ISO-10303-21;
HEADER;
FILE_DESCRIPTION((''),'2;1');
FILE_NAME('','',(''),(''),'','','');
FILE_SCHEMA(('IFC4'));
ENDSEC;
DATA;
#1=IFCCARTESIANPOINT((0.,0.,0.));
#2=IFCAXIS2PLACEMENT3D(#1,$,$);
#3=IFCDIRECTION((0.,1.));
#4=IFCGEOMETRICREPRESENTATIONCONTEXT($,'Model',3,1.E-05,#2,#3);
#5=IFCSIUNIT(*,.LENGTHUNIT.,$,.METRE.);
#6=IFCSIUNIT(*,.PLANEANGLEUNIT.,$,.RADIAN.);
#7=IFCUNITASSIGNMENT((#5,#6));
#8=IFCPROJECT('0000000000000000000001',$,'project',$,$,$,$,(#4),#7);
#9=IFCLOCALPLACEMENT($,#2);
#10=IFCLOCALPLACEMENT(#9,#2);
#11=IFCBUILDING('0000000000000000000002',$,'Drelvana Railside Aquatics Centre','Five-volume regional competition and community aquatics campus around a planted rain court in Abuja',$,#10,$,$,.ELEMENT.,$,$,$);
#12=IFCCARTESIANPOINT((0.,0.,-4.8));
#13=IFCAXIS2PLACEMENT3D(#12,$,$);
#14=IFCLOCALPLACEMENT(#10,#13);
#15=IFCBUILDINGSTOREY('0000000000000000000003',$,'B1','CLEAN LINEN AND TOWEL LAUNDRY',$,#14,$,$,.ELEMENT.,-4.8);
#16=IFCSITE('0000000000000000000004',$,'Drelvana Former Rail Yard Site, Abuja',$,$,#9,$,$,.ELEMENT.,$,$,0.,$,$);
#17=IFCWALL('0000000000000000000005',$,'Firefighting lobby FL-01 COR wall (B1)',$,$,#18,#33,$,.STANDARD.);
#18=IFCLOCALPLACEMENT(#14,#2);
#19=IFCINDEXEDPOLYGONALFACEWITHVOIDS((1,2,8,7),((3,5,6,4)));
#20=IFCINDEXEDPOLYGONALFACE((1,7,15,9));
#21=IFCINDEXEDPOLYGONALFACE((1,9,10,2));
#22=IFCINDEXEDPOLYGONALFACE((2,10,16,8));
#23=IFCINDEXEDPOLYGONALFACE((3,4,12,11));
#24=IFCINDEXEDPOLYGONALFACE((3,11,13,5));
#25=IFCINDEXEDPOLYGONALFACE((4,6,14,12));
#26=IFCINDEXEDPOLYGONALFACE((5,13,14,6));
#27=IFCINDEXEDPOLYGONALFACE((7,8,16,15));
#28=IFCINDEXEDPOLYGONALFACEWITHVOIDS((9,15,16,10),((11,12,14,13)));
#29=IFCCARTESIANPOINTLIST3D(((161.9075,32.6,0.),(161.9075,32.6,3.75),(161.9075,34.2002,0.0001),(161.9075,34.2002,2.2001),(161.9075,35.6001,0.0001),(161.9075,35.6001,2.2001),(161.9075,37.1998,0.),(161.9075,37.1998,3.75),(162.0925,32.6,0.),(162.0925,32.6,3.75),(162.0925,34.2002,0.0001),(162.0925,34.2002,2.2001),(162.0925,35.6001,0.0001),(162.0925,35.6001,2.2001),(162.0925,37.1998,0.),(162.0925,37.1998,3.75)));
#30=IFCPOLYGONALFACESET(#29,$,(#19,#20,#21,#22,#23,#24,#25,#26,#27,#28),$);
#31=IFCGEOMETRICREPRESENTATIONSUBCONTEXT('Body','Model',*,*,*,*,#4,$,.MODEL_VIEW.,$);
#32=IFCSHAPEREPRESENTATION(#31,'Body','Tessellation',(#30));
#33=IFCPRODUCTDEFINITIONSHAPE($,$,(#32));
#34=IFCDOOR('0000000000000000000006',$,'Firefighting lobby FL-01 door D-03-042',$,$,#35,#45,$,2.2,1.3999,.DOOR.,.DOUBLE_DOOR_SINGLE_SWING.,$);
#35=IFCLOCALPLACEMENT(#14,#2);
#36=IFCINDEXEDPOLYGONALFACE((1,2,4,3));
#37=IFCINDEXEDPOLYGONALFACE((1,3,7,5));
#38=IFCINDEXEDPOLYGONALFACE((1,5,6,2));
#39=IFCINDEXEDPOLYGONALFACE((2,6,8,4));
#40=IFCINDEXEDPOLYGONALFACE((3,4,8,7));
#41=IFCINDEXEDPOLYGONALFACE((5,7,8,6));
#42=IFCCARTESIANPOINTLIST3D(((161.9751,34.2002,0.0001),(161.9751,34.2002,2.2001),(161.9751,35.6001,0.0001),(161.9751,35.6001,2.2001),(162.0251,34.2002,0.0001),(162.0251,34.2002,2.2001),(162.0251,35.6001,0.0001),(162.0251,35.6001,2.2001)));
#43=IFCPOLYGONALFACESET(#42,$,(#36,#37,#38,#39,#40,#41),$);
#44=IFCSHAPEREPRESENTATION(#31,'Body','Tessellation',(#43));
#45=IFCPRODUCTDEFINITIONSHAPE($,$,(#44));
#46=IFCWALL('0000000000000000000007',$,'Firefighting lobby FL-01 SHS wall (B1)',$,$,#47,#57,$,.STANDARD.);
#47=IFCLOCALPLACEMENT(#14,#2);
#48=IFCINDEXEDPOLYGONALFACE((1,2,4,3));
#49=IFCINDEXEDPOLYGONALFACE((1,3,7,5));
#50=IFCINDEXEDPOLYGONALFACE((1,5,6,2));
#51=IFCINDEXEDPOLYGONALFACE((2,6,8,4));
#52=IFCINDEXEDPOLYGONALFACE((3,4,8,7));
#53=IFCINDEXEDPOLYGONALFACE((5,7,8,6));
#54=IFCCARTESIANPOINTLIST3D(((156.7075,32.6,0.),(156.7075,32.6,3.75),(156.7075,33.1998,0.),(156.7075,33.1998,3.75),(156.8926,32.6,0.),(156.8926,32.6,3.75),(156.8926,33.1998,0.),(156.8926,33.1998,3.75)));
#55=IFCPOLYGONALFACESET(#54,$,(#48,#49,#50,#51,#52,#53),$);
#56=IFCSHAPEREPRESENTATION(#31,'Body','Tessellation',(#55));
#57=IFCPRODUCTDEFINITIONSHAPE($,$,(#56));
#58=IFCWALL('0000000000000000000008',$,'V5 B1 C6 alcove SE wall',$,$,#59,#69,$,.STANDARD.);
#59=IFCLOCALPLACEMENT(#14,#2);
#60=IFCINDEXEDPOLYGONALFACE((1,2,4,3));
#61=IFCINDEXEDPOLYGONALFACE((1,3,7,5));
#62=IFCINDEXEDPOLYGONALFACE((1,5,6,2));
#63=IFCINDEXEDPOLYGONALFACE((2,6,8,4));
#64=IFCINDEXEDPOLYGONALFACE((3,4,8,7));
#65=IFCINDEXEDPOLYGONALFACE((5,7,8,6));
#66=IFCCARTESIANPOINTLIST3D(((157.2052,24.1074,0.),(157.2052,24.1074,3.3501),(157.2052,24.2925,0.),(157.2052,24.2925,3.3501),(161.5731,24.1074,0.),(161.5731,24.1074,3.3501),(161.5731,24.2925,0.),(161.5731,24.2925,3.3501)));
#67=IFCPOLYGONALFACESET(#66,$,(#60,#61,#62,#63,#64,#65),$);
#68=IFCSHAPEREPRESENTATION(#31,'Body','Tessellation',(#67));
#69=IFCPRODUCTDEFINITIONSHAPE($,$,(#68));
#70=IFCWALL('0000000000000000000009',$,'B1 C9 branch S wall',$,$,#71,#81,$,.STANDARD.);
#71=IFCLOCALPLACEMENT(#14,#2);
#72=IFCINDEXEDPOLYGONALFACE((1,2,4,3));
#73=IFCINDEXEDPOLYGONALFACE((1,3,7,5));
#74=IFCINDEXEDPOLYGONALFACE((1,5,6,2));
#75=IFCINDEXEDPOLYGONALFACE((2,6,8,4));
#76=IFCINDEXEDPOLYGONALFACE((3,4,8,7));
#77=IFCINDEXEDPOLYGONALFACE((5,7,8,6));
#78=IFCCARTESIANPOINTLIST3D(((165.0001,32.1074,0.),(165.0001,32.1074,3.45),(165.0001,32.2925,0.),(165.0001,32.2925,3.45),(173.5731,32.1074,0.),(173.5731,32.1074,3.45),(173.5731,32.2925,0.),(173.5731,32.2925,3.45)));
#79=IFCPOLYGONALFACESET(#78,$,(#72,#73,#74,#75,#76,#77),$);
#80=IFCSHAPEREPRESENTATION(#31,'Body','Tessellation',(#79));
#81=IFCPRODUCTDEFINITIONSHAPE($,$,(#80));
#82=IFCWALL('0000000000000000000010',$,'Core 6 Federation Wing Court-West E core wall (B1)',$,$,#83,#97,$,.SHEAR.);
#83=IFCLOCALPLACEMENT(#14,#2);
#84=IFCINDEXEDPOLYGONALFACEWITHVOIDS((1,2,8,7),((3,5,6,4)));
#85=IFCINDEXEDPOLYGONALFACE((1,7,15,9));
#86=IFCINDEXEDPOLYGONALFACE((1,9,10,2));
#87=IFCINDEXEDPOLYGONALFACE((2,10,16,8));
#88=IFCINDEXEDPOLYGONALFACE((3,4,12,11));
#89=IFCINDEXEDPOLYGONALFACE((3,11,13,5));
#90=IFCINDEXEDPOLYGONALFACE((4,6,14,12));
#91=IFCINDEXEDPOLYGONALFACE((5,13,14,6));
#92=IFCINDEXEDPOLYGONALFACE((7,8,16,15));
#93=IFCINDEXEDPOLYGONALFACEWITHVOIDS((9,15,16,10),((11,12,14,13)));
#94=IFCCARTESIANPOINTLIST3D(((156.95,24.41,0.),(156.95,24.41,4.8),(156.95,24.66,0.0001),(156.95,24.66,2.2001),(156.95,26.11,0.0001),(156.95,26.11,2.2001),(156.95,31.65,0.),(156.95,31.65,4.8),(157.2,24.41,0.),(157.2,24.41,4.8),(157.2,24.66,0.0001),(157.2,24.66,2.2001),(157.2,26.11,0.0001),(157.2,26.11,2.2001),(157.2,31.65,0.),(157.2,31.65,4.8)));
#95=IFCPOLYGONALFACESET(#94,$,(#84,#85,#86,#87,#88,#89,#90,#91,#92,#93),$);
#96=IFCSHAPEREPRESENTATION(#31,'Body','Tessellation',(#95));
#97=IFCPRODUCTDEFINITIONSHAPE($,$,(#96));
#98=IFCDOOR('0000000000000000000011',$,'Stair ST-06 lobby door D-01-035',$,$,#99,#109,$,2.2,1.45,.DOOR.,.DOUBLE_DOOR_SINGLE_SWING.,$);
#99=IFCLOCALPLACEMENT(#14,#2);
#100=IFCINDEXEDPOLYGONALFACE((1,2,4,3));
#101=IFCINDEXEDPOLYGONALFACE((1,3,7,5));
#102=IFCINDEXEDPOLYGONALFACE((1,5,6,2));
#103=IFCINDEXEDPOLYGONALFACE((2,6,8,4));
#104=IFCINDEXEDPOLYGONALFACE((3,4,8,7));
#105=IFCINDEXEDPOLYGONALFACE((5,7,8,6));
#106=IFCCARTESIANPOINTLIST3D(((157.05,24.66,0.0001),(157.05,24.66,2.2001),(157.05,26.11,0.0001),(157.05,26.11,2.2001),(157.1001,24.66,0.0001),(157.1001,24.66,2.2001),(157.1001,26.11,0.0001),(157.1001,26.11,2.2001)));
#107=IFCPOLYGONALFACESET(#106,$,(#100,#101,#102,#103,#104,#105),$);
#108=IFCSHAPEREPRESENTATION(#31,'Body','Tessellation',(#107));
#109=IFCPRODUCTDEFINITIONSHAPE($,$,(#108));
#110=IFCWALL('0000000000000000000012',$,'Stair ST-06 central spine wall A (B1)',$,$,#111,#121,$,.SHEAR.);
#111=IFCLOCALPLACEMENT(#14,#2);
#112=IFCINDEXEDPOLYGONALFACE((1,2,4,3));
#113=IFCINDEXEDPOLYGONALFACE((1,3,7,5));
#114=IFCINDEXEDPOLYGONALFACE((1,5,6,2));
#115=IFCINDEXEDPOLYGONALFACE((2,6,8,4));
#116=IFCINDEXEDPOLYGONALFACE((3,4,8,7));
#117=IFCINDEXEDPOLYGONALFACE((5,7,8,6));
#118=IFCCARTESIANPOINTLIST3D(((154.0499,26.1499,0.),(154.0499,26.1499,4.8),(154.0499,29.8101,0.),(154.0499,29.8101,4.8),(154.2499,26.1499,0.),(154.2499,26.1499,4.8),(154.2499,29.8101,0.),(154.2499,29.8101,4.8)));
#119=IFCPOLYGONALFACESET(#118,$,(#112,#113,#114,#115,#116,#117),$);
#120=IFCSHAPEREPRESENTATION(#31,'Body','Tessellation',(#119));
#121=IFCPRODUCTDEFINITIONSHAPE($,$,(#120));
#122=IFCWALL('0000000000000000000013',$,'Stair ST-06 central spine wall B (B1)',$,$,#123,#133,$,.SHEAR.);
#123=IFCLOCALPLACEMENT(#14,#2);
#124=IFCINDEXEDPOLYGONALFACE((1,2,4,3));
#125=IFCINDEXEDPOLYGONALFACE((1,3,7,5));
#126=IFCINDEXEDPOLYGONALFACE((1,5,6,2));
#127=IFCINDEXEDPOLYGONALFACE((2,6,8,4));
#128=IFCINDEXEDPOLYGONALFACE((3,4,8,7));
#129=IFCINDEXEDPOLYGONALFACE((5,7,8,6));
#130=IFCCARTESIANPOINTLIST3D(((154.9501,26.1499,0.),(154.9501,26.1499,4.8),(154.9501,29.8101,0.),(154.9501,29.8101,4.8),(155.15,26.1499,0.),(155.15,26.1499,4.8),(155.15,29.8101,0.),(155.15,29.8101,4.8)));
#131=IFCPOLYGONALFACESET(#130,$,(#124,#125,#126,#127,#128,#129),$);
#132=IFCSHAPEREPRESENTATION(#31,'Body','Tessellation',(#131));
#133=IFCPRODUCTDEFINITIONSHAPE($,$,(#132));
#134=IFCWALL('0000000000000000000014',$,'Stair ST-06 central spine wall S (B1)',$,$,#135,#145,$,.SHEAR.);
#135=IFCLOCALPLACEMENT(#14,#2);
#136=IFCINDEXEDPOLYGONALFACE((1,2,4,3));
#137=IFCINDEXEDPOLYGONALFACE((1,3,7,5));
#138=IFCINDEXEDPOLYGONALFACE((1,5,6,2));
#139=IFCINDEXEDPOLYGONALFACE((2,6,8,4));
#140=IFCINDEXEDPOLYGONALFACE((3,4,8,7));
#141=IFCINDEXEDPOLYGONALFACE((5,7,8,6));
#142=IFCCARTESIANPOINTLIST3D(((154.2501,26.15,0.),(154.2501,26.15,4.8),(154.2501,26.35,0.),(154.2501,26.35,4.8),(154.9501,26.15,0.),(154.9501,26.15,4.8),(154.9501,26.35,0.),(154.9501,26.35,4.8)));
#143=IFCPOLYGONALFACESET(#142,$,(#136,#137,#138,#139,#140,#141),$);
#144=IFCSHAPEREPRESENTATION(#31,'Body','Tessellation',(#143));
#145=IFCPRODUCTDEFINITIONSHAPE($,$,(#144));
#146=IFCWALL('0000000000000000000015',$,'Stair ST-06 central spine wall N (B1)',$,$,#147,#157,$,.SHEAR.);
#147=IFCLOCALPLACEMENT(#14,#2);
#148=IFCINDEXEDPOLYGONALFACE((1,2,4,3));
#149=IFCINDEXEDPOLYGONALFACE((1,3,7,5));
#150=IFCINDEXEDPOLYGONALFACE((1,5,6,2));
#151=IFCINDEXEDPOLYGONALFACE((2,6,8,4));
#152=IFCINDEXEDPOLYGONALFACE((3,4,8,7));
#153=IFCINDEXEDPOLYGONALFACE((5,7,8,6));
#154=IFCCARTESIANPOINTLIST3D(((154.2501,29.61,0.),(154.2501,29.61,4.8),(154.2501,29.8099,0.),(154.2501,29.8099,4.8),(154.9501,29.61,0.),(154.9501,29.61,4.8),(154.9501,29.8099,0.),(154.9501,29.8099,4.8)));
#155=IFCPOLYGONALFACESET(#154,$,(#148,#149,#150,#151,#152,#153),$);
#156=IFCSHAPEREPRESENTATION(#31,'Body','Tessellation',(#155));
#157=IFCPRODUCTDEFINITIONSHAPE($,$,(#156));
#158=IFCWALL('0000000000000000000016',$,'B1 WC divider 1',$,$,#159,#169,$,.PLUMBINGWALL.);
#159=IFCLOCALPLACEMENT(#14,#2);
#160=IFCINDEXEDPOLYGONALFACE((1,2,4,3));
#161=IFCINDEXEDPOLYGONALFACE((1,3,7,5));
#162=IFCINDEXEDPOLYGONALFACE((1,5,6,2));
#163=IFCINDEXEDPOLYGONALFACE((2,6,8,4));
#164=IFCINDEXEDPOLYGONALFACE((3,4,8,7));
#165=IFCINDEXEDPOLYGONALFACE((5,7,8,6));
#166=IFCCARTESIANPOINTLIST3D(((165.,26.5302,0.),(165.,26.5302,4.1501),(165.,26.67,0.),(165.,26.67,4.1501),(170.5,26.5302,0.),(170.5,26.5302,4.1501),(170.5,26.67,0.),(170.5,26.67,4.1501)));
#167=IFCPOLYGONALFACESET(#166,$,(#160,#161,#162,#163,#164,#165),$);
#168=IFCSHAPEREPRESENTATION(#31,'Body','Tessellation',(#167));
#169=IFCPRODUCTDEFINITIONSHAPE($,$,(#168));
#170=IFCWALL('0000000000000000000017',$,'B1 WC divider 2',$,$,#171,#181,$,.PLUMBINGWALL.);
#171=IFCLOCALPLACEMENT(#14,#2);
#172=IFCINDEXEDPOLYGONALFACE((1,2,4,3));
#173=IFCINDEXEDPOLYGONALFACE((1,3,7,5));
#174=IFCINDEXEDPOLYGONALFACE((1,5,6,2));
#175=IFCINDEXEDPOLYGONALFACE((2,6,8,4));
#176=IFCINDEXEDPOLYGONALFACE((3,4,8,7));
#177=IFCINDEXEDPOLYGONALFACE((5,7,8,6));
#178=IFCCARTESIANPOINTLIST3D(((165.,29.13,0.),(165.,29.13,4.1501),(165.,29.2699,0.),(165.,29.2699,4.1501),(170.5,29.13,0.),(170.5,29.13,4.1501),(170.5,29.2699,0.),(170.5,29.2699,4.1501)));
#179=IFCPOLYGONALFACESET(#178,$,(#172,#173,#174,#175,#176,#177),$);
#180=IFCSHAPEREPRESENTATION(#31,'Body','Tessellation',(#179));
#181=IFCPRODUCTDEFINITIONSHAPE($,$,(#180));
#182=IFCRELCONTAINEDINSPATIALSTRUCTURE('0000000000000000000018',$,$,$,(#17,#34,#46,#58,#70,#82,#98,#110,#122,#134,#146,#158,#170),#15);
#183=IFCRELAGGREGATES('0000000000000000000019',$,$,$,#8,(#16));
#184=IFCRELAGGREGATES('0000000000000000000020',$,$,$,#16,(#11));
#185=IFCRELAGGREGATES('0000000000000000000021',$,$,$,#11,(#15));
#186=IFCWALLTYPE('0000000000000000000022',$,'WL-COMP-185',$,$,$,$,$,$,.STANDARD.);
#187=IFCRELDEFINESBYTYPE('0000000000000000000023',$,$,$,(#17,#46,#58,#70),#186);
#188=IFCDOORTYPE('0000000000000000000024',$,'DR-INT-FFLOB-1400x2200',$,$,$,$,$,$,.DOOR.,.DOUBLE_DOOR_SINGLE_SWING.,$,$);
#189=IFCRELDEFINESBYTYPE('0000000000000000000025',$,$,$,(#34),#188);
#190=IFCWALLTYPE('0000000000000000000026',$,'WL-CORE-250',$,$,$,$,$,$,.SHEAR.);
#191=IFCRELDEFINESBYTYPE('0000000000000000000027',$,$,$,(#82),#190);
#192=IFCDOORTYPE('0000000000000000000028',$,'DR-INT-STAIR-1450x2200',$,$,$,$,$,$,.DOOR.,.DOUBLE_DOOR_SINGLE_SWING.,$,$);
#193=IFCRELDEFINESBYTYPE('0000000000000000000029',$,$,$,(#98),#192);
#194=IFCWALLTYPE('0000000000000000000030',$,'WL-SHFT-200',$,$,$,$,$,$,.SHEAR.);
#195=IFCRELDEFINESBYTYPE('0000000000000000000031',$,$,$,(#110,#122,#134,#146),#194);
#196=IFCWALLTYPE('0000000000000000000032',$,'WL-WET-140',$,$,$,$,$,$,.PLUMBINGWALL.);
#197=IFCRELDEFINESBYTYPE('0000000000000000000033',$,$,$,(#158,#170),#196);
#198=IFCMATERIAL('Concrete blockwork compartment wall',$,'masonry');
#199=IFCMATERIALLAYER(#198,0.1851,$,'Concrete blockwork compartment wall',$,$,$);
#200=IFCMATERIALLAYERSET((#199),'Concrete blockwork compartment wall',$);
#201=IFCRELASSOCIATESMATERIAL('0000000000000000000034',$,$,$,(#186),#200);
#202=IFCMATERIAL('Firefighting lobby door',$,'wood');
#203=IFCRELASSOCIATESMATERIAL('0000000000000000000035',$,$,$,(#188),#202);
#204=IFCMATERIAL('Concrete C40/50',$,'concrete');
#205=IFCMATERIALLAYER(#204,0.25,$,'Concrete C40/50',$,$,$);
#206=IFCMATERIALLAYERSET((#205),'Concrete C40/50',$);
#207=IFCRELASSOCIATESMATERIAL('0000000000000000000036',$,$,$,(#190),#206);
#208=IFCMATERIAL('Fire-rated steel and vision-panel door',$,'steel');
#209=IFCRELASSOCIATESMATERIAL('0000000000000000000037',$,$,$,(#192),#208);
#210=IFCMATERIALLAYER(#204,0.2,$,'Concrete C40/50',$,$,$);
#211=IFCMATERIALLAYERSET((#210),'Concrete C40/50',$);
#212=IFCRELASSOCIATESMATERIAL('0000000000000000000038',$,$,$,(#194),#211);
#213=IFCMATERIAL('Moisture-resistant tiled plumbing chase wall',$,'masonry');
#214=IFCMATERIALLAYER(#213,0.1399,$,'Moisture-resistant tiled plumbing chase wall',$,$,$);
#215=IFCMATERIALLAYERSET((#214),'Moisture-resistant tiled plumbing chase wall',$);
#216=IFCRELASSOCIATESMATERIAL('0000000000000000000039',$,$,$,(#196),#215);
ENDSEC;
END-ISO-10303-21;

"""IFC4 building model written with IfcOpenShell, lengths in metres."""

from ifc_helpers import new_model, si_unit, direction, frame, frame_2d, origin, place, context, subcontext, project, spatial, rectangle, extrude, material, layer, layer_set, type_object, element, fill, save


model = new_model("IFC4")

# Units and contexts
model_context = context("Model", 3, precision=1e-05, world=origin(), true_north=direction((0.0, 1.0)))
body_context = subcontext(model_context, "Body", "Model", "MODEL_VIEW")
ifc_project = project(units=[si_unit("LENGTHUNIT", "METRE"), si_unit("PLANEANGLEUNIT", "RADIAN")], contexts=[model_context])

# Site, building, storey
site_placement = place(None, origin())
site = spatial("IfcSite", under=ifc_project, at=site_placement, Name="Drelvana Former Rail Yard Site, Abuja", CompositionType="ELEMENT", RefElevation=0.0)
building_placement = place(site_placement, origin())
building = spatial("IfcBuilding", under=site, at=building_placement, Name="Drelvana Railside Aquatics Centre", Description="Five-volume regional competition and community aquatics campus around a planted rain court in Abuja", CompositionType="ELEMENT")
storey_placement = place(building_placement, frame((0.0, 0.0, -4.8)))
storey = spatial("IfcBuildingStorey", under=building, at=storey_placement, Name="B1", Description="CLEAN LINEN AND TOWEL LAUNDRY", CompositionType="ELEMENT", Elevation=-4.8)

# Shared definitions
ifc_material_1 = material(Name="Concrete C40/50", Category="concrete")

# Shared definitions
ifc_material_2 = material(Name="Concrete blockwork compartment wall", Category="masonry")
ifc_layer_1 = layer(ifc_material_2, 0.1851, Name="Concrete blockwork compartment wall")
ifc_layer_set_1 = layer_set([ifc_layer_1], Name="Concrete blockwork compartment wall")
wall_type_1 = type_object("IfcWallType", Name="WL-COMP-185", PredefinedType="STANDARD", material=ifc_layer_set_1)

# Wall, opening, door
wall_1_placement = place(storey_placement, frame((162.0, 32.6001, 0.0), z_axis=(0.0, 0.0, 1.0), x_axis=(0.0, 1.0, 0.0)))
wall_1 = element("IfcWall", 1, at=wall_1_placement, inside=storey, type_object=wall_type_1, Name="Firefighting lobby FL-01 COR wall (B1)", PredefinedType="STANDARD", context=body_context, shape_type="SweptSolid", body=[
    extrude(rectangle(XDim=4.5999, YDim=0.1851, at=frame_2d((2.2998, 0.0))), origin(), (0.0, 0.0, 1.0), 3.75),
])
opening_1_placement = place(wall_1_placement, frame((1.6001, 0.0, 0.0)))
opening_1 = element("IfcOpeningElement", 2, at=opening_1_placement, cuts=wall_1, PredefinedType="OPENING", context=body_context, shape_type="SweptSolid", body=[
    extrude(rectangle(XDim=1.3999, YDim=2.2, at=frame_2d((0.7, 1.1001))), frame((0.0, 0.1025, 0.0), z_axis=(0.0, -1.0, 0.0), x_axis=(1.0, 0.0, 0.0)), (0.0, 0.0, 1.0), 0.2051),
])
ifc_material_3 = material(Name="Firefighting lobby door", Category="wood")
door_type_1 = type_object("IfcDoorType", Name="DR-INT-FFLOB-1400x2200", OperationType="DOUBLE_DOOR_SINGLE_SWING", PredefinedType="DOOR", material=ifc_material_3)
door_1_placement = place(opening_1_placement, origin())
door_1 = element("IfcDoor", 3, at=door_1_placement, inside=storey, type_object=door_type_1, Name="Firefighting lobby FL-01 door D-03-042", OperationType="DOUBLE_DOOR_SINGLE_SWING", OverallHeight=2.2, OverallWidth=1.3999, PredefinedType="DOOR", context=body_context, shape_type="SweptSolid", body=[
    extrude(rectangle(XDim=1.3999, YDim=2.2, at=frame_2d((0.7, 1.1001))), frame((0.0, 0.0249, 0.0), z_axis=(0.0, -1.0, 0.0), x_axis=(1.0, 0.0, 0.0)), (0.0, 0.0, 1.0), 0.05),
])
fill(opening_1, door_1)

# Walls
wall_2_placement = place(storey_placement, frame((156.8, 32.6001, 0.0), z_axis=(0.0, 0.0, 1.0), x_axis=(0.0, 1.0, 0.0)))
element("IfcWall", 4, at=wall_2_placement, inside=storey, type_object=wall_type_1, Name="Firefighting lobby FL-01 SHS wall (B1)", PredefinedType="STANDARD", context=body_context, shape_type="SweptSolid", body=[
    extrude(rectangle(XDim=0.5999, YDim=0.1851, at=frame_2d((0.2998, 0.0))), origin(), (0.0, 0.0, 1.0), 3.75),
])
wall_3_placement = place(storey_placement, frame((157.2051, 24.2, 0.0), z_axis=(0.0, 0.0, 1.0), x_axis=(1.0, 0.0, 0.0)))
element("IfcWall", 5, at=wall_3_placement, inside=storey, type_object=wall_type_1, Name="V5 B1 C6 alcove SE wall", PredefinedType="STANDARD", context=body_context, shape_type="SweptSolid", body=[
    extrude(rectangle(XDim=4.3679, YDim=0.1851, at=frame_2d((2.1841, 0.0))), origin(), (0.0, 0.0, 1.0), 3.3501),
])
wall_4_placement = place(storey_placement, frame((165.0, 32.2, 0.0), z_axis=(0.0, 0.0, 1.0), x_axis=(1.0, 0.0, 0.0)))
element("IfcWall", 6, at=wall_4_placement, inside=storey, type_object=wall_type_1, Name="B1 C9 branch S wall", PredefinedType="STANDARD", context=body_context, shape_type="SweptSolid", body=[
    extrude(rectangle(XDim=8.573, YDim=0.1851, at=frame_2d((4.2866, 0.0))), origin(), (0.0, 0.0, 1.0), 3.45),
])

# Wall, opening, door
ifc_layer_2 = layer(ifc_material_1, 0.25, Name="Concrete C40/50")
ifc_layer_set_2 = layer_set([ifc_layer_2], Name="Concrete C40/50")
wall_type_2 = type_object("IfcWallType", Name="WL-CORE-250", PredefinedType="SHEAR", material=ifc_layer_set_2)
wall_5_placement = place(storey_placement, frame((157.075, 24.4099, 0.0), z_axis=(0.0, 0.0, 1.0), x_axis=(0.0, 1.0, 0.0)))
wall_5 = element("IfcWall", 7, at=wall_5_placement, inside=storey, type_object=wall_type_2, Name="Core 6 Federation Wing Court-West E core wall (B1)", PredefinedType="SHEAR", context=body_context, shape_type="SweptSolid", body=[
    extrude(rectangle(XDim=7.24, YDim=0.25, at=frame_2d((3.6201, 0.0))), origin(), (0.0, 0.0, 1.0), 4.8),
])
opening_2_placement = place(wall_5_placement, frame((0.25, 0.0, 0.0)))
opening_2 = element("IfcOpeningElement", 8, at=opening_2_placement, cuts=wall_5, PredefinedType="OPENING", context=body_context, shape_type="SweptSolid", body=[
    extrude(rectangle(XDim=1.45, YDim=2.2, at=frame_2d((0.7251, 1.1001))), frame((0.0, 0.135, 0.0), z_axis=(0.0, -1.0, 0.0), x_axis=(1.0, 0.0, 0.0)), (0.0, 0.0, 1.0), 0.27),
])
ifc_material_4 = material(Name="Fire-rated steel and vision-panel door", Category="steel")
door_type_2 = type_object("IfcDoorType", Name="DR-INT-STAIR-1450x2200", OperationType="DOUBLE_DOOR_SINGLE_SWING", PredefinedType="DOOR", material=ifc_material_4)
door_2_placement = place(opening_2_placement, origin())
door_2 = element("IfcDoor", 9, at=door_2_placement, inside=storey, type_object=door_type_2, Name="Stair ST-06 lobby door D-01-035", OperationType="DOUBLE_DOOR_SINGLE_SWING", OverallHeight=2.2, OverallWidth=1.45, PredefinedType="DOOR", context=body_context, shape_type="SweptSolid", body=[
    extrude(rectangle(XDim=1.45, YDim=2.2, at=frame_2d((0.7251, 1.1001))), frame((0.0, 0.0249, 0.0), z_axis=(0.0, -1.0, 0.0), x_axis=(1.0, 0.0, 0.0)), (0.0, 0.0, 1.0), 0.05),
])
fill(opening_2, door_2)

# Walls
ifc_layer_3 = layer(ifc_material_1, 0.2, Name="Concrete C40/50")
ifc_layer_set_3 = layer_set([ifc_layer_3], Name="Concrete C40/50")
wall_type_3 = type_object("IfcWallType", Name="WL-SHFT-200", PredefinedType="SHEAR", material=ifc_layer_set_3)
for number, where, z_axis, x_axis, name in (
    (10, (154.1499, 26.1499, 0.0), (0.0, 0.0, 1.0), (0.0, 1.0, 0.0), "Stair ST-06 central spine wall A (B1)"),
    (11, (155.05, 26.1499, 0.0), (0.0, 0.0, 1.0), (0.0, 1.0, 0.0), "Stair ST-06 central spine wall B (B1)"),
):
    element("IfcWall", number, at=place(storey_placement, frame(where, z_axis=z_axis, x_axis=x_axis)), inside=storey, type_object=wall_type_3, Name=name, PredefinedType="SHEAR", context=body_context, shape_type="SweptSolid", body=[
        extrude(rectangle(XDim=3.6602, YDim=0.2, at=frame_2d((1.8301, 0.0))), origin(), (0.0, 0.0, 1.0), 4.8),
    ])
for number, where, z_axis, x_axis, name in (
    (12, (154.25, 26.25, 0.0), (0.0, 0.0, 1.0), (1.0, 0.0, 0.0), "Stair ST-06 central spine wall S (B1)"),
    (13, (154.25, 29.71, 0.0), (0.0, 0.0, 1.0), (1.0, 0.0, 0.0), "Stair ST-06 central spine wall N (B1)"),
):
    element("IfcWall", number, at=place(storey_placement, frame(where, z_axis=z_axis, x_axis=x_axis)), inside=storey, type_object=wall_type_3, Name=name, PredefinedType="SHEAR", context=body_context, shape_type="SweptSolid", body=[
        extrude(rectangle(XDim=0.7, YDim=0.2, at=frame_2d((0.3501, 0.0))), origin(), (0.0, 0.0, 1.0), 4.8),
    ])
ifc_material_5 = material(Name="Moisture-resistant tiled plumbing chase wall", Category="masonry")
ifc_layer_4 = layer(ifc_material_5, 0.1399, Name="Moisture-resistant tiled plumbing chase wall")
ifc_layer_set_4 = layer_set([ifc_layer_4], Name="Moisture-resistant tiled plumbing chase wall")
wall_type_4 = type_object("IfcWallType", Name="WL-WET-140", PredefinedType="PLUMBINGWALL", material=ifc_layer_set_4)
for number, where, z_axis, x_axis, name in (
    (14, (165.0, 26.6001, 0.0), (0.0, 0.0, 1.0), (1.0, 0.0, 0.0), "B1 WC divider 1"),
    (15, (165.0, 29.2, 0.0), (0.0, 0.0, 1.0), (1.0, 0.0, 0.0), "B1 WC divider 2"),
):
    element("IfcWall", number, at=place(storey_placement, frame(where, z_axis=z_axis, x_axis=x_axis)), inside=storey, type_object=wall_type_4, Name=name, PredefinedType="PLUMBINGWALL", context=body_context, shape_type="SweptSolid", body=[
        extrude(rectangle(XDim=5.5, YDim=0.1399, at=frame_2d((2.75, 0.0))), origin(), (0.0, 0.0, 1.0), 4.1501),
    ])

save(model, "model.ifc")
